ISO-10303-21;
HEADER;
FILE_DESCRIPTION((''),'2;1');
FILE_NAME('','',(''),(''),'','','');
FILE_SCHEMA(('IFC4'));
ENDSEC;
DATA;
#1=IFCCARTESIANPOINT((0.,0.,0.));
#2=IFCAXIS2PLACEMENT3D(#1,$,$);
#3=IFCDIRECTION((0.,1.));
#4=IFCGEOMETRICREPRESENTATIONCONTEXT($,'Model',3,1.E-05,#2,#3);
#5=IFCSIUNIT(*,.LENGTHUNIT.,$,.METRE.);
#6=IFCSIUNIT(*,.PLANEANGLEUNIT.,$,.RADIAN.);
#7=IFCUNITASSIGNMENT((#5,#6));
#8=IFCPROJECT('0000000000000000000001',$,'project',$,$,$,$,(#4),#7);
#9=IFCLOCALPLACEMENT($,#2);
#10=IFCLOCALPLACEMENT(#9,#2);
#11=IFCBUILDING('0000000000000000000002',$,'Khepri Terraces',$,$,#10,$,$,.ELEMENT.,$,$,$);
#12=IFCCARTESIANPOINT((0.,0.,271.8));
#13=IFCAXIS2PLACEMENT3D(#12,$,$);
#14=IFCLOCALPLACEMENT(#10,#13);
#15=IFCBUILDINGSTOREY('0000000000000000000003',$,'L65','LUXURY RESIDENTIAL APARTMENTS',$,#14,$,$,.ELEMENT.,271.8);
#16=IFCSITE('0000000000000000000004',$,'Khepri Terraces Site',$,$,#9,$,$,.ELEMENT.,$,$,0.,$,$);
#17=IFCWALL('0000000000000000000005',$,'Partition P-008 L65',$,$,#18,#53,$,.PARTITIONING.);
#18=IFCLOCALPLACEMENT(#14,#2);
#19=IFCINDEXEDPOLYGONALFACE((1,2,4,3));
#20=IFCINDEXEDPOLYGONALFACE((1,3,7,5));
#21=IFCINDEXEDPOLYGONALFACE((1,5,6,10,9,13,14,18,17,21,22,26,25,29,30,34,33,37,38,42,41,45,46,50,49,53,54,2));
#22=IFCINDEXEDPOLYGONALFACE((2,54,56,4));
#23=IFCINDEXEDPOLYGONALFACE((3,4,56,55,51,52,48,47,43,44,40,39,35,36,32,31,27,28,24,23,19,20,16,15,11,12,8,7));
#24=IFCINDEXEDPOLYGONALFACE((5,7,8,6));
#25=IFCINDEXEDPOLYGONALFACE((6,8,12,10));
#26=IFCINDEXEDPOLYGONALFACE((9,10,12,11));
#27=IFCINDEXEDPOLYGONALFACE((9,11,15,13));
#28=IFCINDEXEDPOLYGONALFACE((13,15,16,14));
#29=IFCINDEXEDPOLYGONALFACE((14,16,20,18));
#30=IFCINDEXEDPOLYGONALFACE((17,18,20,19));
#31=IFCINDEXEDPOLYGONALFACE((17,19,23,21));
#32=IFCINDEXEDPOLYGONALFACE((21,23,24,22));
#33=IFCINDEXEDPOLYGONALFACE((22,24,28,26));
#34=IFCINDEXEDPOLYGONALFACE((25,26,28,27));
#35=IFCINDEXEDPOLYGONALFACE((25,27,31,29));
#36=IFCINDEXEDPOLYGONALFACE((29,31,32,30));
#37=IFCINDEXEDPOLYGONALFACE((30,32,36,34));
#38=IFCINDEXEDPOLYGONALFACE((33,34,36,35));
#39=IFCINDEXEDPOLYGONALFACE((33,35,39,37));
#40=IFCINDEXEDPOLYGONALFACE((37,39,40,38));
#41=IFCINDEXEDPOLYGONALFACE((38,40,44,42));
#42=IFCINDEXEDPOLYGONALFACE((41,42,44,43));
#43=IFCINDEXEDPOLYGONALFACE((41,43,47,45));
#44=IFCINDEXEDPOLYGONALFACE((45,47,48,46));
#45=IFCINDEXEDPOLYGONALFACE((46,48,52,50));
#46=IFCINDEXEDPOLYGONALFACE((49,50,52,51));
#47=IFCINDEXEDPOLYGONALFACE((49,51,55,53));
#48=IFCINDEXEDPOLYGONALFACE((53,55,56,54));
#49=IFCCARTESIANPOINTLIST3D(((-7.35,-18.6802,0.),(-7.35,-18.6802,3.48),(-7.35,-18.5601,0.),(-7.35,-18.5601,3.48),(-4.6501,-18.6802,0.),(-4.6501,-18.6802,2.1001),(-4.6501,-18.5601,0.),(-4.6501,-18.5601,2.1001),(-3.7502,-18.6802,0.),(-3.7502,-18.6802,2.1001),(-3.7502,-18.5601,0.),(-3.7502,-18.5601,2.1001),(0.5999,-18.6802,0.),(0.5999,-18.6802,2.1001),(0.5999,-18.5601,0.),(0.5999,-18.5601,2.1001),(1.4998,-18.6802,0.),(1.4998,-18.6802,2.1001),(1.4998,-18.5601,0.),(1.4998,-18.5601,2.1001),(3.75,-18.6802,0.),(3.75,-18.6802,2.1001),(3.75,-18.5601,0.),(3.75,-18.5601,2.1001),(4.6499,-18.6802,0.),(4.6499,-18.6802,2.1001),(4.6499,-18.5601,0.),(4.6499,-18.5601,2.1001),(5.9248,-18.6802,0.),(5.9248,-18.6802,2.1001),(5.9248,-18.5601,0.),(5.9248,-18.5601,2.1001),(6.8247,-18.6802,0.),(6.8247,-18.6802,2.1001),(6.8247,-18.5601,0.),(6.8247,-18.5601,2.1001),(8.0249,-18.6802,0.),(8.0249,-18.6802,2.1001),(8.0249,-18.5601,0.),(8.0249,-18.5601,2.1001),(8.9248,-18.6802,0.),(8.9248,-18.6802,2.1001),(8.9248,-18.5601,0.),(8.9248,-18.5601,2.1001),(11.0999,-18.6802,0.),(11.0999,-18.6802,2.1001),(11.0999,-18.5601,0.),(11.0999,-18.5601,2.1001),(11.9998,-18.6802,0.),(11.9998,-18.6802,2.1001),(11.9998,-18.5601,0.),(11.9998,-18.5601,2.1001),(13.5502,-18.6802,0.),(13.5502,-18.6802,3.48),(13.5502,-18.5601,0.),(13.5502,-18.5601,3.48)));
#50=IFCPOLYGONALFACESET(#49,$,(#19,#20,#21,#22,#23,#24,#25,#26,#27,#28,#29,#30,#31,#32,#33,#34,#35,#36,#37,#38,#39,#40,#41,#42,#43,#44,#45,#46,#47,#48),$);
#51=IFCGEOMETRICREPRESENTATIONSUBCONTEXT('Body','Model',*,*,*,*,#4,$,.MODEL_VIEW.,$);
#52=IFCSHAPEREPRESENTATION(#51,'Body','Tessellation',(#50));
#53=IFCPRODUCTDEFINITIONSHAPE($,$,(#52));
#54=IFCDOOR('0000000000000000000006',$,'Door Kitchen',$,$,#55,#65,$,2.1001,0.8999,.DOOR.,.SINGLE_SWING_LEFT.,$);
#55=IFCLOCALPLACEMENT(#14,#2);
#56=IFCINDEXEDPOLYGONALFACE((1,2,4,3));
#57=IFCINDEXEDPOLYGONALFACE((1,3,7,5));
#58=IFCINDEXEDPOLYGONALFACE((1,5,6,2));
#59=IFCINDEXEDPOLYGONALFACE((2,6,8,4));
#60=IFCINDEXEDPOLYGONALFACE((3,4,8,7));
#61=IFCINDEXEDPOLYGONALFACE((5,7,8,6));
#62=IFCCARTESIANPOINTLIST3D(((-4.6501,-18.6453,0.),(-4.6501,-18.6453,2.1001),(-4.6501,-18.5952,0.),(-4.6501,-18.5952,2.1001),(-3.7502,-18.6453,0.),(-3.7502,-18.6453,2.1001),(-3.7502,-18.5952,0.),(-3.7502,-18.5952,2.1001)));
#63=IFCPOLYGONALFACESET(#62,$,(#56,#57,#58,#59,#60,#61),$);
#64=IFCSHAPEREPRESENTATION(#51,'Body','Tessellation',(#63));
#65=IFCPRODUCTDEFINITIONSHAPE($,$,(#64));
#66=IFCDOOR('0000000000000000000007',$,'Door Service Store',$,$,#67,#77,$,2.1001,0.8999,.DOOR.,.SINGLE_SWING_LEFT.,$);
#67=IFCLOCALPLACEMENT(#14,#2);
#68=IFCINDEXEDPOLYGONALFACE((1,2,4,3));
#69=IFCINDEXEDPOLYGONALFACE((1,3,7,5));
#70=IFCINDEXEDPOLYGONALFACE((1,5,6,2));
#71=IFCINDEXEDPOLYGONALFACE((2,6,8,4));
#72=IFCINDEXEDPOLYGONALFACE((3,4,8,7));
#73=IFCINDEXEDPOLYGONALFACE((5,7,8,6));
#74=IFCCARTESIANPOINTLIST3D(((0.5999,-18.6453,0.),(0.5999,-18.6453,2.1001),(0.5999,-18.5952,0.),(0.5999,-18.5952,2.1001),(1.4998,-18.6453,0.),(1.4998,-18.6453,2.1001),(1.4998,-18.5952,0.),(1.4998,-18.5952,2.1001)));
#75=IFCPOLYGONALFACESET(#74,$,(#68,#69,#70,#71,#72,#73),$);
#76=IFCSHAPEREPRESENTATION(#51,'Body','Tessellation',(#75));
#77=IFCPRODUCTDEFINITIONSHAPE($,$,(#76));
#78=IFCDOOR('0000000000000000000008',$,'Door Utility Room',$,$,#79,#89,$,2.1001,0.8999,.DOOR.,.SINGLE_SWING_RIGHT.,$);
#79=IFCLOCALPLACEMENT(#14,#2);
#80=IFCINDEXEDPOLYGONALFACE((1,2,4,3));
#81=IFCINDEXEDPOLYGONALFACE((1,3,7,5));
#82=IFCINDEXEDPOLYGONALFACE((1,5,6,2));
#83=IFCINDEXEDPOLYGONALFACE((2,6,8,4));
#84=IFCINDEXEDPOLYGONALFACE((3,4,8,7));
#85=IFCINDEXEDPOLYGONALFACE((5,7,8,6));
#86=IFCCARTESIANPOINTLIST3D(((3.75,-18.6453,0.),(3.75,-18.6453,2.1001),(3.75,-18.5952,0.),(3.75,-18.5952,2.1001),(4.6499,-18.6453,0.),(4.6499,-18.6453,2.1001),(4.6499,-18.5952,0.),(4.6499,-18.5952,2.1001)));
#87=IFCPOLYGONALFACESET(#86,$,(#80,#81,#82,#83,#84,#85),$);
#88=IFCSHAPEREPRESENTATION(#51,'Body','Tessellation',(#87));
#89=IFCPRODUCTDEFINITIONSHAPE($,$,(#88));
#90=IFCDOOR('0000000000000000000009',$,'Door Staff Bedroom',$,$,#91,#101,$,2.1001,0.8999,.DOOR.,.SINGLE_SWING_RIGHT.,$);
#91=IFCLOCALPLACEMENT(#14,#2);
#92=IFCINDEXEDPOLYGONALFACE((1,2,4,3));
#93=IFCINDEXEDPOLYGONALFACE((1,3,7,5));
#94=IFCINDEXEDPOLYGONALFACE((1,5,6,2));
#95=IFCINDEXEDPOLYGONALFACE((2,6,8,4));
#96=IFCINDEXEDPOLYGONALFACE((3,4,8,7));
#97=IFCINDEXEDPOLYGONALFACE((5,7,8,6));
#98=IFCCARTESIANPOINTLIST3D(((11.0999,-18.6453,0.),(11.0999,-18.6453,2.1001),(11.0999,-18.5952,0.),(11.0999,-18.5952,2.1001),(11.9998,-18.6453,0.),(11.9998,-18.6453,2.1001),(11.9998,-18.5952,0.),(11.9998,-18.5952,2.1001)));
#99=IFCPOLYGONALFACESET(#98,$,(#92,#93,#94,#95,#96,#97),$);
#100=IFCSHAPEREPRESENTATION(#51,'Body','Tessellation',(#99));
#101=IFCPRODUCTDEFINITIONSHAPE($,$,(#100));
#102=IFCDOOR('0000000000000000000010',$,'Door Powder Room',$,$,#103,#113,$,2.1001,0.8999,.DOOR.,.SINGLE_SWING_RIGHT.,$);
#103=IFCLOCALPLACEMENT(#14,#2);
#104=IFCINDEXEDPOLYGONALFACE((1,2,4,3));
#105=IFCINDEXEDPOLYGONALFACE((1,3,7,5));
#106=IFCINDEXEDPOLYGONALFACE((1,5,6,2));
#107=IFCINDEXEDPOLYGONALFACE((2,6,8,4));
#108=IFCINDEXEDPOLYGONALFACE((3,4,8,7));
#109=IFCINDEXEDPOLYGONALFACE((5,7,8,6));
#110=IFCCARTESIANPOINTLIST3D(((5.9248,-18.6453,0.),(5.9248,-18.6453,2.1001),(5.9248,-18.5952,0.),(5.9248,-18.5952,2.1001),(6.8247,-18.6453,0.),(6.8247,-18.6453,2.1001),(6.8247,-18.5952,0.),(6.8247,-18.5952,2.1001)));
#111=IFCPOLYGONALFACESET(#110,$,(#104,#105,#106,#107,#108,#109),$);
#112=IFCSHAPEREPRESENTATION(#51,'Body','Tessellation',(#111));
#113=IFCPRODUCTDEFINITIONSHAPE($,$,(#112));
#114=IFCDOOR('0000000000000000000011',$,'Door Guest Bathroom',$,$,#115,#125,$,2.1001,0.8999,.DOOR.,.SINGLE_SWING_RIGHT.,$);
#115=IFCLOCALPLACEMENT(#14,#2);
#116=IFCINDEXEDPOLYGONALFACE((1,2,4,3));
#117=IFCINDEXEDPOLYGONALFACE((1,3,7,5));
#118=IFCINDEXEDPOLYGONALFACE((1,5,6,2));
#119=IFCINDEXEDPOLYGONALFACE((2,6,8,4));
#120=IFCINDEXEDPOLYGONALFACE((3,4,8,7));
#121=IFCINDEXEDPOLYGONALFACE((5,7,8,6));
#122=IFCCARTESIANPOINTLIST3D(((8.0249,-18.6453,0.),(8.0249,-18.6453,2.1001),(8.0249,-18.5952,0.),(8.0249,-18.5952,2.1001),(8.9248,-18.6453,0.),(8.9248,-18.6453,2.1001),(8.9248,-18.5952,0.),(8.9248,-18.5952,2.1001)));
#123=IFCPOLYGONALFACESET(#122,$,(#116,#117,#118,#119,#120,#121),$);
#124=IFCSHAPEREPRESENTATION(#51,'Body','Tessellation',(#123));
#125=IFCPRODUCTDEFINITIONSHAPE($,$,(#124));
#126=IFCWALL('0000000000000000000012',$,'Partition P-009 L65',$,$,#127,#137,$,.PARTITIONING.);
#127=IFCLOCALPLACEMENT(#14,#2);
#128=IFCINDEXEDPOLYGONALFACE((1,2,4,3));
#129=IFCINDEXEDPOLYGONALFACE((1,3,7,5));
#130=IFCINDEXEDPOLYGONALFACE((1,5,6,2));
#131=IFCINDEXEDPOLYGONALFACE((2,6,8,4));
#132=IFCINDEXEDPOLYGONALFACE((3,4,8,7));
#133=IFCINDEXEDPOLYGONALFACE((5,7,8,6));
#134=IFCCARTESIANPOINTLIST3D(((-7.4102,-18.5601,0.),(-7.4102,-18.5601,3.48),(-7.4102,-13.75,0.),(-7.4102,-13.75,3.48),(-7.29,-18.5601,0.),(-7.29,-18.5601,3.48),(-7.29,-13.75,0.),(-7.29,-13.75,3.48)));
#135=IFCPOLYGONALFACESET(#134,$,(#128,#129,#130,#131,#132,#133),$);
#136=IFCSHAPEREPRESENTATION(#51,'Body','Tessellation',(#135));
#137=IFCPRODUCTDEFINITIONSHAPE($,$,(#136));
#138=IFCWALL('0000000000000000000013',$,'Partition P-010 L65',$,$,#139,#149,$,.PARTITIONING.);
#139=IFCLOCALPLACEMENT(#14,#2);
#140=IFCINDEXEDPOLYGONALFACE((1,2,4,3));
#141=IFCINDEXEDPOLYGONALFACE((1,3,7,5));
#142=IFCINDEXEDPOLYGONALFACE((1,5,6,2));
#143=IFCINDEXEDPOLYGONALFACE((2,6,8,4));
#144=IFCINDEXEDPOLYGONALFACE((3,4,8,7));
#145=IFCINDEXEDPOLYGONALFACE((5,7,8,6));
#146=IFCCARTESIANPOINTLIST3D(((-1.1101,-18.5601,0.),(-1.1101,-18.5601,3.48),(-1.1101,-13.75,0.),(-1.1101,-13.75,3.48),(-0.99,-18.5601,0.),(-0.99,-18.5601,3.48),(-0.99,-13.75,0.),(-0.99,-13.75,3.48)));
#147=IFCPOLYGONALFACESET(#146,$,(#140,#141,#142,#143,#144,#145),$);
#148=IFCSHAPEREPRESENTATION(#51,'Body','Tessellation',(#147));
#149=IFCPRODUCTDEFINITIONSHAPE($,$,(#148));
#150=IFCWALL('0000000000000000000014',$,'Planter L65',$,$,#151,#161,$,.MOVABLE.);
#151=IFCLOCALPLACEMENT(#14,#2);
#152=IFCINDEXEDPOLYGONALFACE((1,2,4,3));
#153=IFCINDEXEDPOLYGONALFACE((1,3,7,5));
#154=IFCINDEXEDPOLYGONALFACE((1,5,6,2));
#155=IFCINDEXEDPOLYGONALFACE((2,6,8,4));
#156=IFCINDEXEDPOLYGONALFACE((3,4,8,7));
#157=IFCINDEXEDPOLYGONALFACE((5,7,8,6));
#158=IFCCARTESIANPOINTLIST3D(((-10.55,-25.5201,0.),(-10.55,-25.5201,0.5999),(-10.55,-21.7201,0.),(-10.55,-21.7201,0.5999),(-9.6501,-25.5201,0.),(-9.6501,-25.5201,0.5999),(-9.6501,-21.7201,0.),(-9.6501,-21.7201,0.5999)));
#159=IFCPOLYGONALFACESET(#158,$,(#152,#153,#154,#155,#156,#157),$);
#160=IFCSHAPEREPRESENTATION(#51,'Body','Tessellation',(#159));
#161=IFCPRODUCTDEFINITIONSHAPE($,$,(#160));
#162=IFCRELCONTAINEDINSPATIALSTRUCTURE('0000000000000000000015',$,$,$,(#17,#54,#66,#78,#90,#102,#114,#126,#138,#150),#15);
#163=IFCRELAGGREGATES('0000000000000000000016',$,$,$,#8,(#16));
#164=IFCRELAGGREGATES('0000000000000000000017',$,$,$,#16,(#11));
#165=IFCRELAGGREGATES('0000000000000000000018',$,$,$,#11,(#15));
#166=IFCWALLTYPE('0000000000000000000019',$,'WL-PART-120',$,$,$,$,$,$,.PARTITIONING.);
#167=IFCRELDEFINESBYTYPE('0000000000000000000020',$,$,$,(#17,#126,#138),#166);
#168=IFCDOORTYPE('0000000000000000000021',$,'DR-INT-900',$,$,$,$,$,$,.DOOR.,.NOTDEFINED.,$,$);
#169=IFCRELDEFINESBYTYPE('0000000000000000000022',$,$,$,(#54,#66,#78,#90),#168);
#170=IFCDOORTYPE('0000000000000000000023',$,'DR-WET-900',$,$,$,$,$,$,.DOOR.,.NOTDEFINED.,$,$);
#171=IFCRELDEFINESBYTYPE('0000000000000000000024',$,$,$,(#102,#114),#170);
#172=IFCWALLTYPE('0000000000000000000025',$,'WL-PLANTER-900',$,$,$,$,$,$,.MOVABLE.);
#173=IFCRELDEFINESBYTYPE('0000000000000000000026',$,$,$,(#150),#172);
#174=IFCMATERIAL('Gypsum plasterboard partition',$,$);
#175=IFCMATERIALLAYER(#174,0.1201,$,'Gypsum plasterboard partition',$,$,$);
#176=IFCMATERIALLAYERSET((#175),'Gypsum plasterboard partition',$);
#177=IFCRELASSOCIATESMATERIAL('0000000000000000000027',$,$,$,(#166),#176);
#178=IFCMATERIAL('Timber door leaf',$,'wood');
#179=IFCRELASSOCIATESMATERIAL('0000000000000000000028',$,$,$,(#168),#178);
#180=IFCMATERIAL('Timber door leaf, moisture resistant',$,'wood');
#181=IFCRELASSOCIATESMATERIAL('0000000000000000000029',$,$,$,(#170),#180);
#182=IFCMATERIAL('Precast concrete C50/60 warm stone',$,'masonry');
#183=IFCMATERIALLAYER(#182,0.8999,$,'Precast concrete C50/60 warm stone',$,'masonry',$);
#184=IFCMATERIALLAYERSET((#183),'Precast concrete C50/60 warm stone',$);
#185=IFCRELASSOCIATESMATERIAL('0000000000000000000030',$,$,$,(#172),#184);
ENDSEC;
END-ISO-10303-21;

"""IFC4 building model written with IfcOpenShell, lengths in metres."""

from ifc_helpers import new_model, si_unit, direction, frame, frame_2d, origin, place, context, subcontext, project, spatial, rectangle, extrude, material, layer, layer_set, type_object, element, fill, save


model = new_model("IFC4")

# Units and contexts
model_context = context("Model", 3, precision=1e-05, world=origin(), true_north=direction((0.0, 1.0)))
body_context = subcontext(model_context, "Body", "Model", "MODEL_VIEW")
ifc_project = project(units=[si_unit("LENGTHUNIT", "METRE"), si_unit("PLANEANGLEUNIT", "RADIAN")], contexts=[model_context])

# Site, building, storey
site_placement = place(None, origin())
site = spatial("IfcSite", under=ifc_project, at=site_placement, Name="Khepri Terraces Site", CompositionType="ELEMENT", RefElevation=0.0)
building_placement = place(site_placement, origin())
building = spatial("IfcBuilding", under=site, at=building_placement, Name="Khepri Terraces", CompositionType="ELEMENT")
storey_placement = place(building_placement, frame((0.0, 0.0, 271.8)))
storey = spatial("IfcBuildingStorey", under=building, at=storey_placement, Name="L65", Description="LUXURY RESIDENTIAL APARTMENTS", CompositionType="ELEMENT", Elevation=271.8)

# Shared definitions
ifc_material_1 = material(Name="Precast concrete C50/60 warm stone", Category="masonry")

# Shared definitions
ifc_material_2 = material(Name="Gypsum plasterboard partition")
ifc_layer_1 = layer(ifc_material_2, 0.1201, Name="Gypsum plasterboard partition")
ifc_layer_set_1 = layer_set([ifc_layer_1], Name="Gypsum plasterboard partition")
wall_type_1 = type_object("IfcWallType", Name="WL-PART-120", PredefinedType="PARTITIONING", material=ifc_layer_set_1)

# Wall, openings, doors
wall_1_placement = place(storey_placement, frame((-7.3501, -18.6201, 0.0), z_axis=(0.0, 0.0, 1.0), x_axis=(1.0, 0.0, 0.0)))
wall_1 = element("IfcWall", 1, at=wall_1_placement, inside=storey, type_object=wall_type_1, Name="Partition P-008 L65", PredefinedType="PARTITIONING", context=body_context, shape_type="SweptSolid", body=[
    extrude(rectangle(XDim=20.9001, YDim=0.1201, at=frame_2d((10.4502, 0.0))), origin(), (0.0, 0.0, 1.0), 3.48),
])
opening_1_placement = place(wall_1_placement, frame((2.7, 0.0, 0.0)))
opening_1 = element("IfcOpeningElement", 2, at=opening_1_placement, cuts=wall_1, PredefinedType="OPENING", context=body_context, shape_type="SweptSolid", body=[
    extrude(rectangle(XDim=0.8999, YDim=2.1001, at=frame_2d((0.45, 1.05))), frame((0.0, 0.0701, 0.0), z_axis=(0.0, -1.0, 0.0), x_axis=(1.0, 0.0, 0.0)), (0.0, 0.0, 1.0), 0.1401),
])
opening_2_placement = place(wall_1_placement, frame((7.95, 0.0, 0.0)))
opening_2 = element("IfcOpeningElement", 3, at=opening_2_placement, cuts=wall_1, PredefinedType="OPENING", context=body_context, shape_type="SweptSolid", body=[
    extrude(rectangle(XDim=0.8999, YDim=2.1001, at=frame_2d((0.45, 1.05))), frame((0.0, 0.0701, 0.0), z_axis=(0.0, -1.0, 0.0), x_axis=(1.0, 0.0, 0.0)), (0.0, 0.0, 1.0), 0.1401),
])
opening_3_placement = place(wall_1_placement, frame((11.1001, 0.0, 0.0)))
opening_3 = element("IfcOpeningElement", 4, at=opening_3_placement, cuts=wall_1, PredefinedType="OPENING", context=body_context, shape_type="SweptSolid", body=[
    extrude(rectangle(XDim=0.8999, YDim=2.1001, at=frame_2d((0.45, 1.05))), frame((0.0, 0.0701, 0.0), z_axis=(0.0, -1.0, 0.0), x_axis=(1.0, 0.0, 0.0)), (0.0, 0.0, 1.0), 0.1401),
])
opening_4_placement = place(wall_1_placement, frame((13.2749, 0.0, 0.0)))
opening_4 = element("IfcOpeningElement", 5, at=opening_4_placement, cuts=wall_1, PredefinedType="OPENING", context=body_context, shape_type="SweptSolid", body=[
    extrude(rectangle(XDim=0.8999, YDim=2.1001, at=frame_2d((0.45, 1.05))), frame((0.0, 0.0701, 0.0), z_axis=(0.0, -1.0, 0.0), x_axis=(1.0, 0.0, 0.0)), (0.0, 0.0, 1.0), 0.1401),
])
opening_5_placement = place(wall_1_placement, frame((15.375, 0.0, 0.0)))
opening_5 = element("IfcOpeningElement", 6, at=opening_5_placement, cuts=wall_1, PredefinedType="OPENING", context=body_context, shape_type="SweptSolid", body=[
    extrude(rectangle(XDim=0.8999, YDim=2.1001, at=frame_2d((0.45, 1.05))), frame((0.0, 0.0701, 0.0), z_axis=(0.0, -1.0, 0.0), x_axis=(1.0, 0.0, 0.0)), (0.0, 0.0, 1.0), 0.1401),
])
opening_6_placement = place(wall_1_placement, frame((18.45, 0.0, 0.0)))
opening_6 = element("IfcOpeningElement", 7, at=opening_6_placement, cuts=wall_1, PredefinedType="OPENING", context=body_context, shape_type="SweptSolid", body=[
    extrude(rectangle(XDim=0.8999, YDim=2.1001, at=frame_2d((0.45, 1.05))), frame((0.0, 0.0701, 0.0), z_axis=(0.0, -1.0, 0.0), x_axis=(1.0, 0.0, 0.0)), (0.0, 0.0, 1.0), 0.1401),
])
ifc_material_3 = material(Name="Timber door leaf", Category="wood")
door_type_1 = type_object("IfcDoorType", Name="DR-INT-900", OperationType="NOTDEFINED", PredefinedType="DOOR", material=ifc_material_3)
door_1_placement = place(opening_1_placement, origin())
door_1 = element("IfcDoor", 8, at=door_1_placement, inside=storey, type_object=door_type_1, Name="Door Kitchen", OperationType="SINGLE_SWING_LEFT", OverallHeight=2.1001, OverallWidth=0.8999, PredefinedType="DOOR", context=body_context, shape_type="SweptSolid", body=[
    extrude(rectangle(XDim=0.8999, YDim=2.1001, at=frame_2d((0.45, 1.05))), frame((0.0, 0.0249, 0.0), z_axis=(0.0, -1.0, 0.0), x_axis=(1.0, 0.0, 0.0)), (0.0, 0.0, 1.0), 0.05),
])
fill(opening_1, door_1)
door_2_placement = place(opening_2_placement, origin())
door_2 = element("IfcDoor", 9, at=door_2_placement, inside=storey, type_object=door_type_1, Name="Door Service Store", OperationType="SINGLE_SWING_LEFT", OverallHeight=2.1001, OverallWidth=0.8999, PredefinedType="DOOR", context=body_context, shape_type="SweptSolid", body=[
    extrude(rectangle(XDim=0.8999, YDim=2.1001, at=frame_2d((0.45, 1.05))), frame((0.0, 0.0249, 0.0), z_axis=(0.0, -1.0, 0.0), x_axis=(1.0, 0.0, 0.0)), (0.0, 0.0, 1.0), 0.05),
])
fill(opening_2, door_2)
door_3_placement = place(opening_3_placement, origin())
door_3 = element("IfcDoor", 10, at=door_3_placement, inside=storey, type_object=door_type_1, Name="Door Utility Room", OperationType="SINGLE_SWING_RIGHT", OverallHeight=2.1001, OverallWidth=0.8999, PredefinedType="DOOR", context=body_context, shape_type="SweptSolid", body=[
    extrude(rectangle(XDim=0.8999, YDim=2.1001, at=frame_2d((0.45, 1.05))), frame((0.0, 0.0249, 0.0), z_axis=(0.0, -1.0, 0.0), x_axis=(1.0, 0.0, 0.0)), (0.0, 0.0, 1.0), 0.05),
])
fill(opening_3, door_3)
door_4_placement = place(opening_6_placement, origin())
door_4 = element("IfcDoor", 11, at=door_4_placement, inside=storey, type_object=door_type_1, Name="Door Staff Bedroom", OperationType="SINGLE_SWING_RIGHT", OverallHeight=2.1001, OverallWidth=0.8999, PredefinedType="DOOR", context=body_context, shape_type="SweptSolid", body=[
    extrude(rectangle(XDim=0.8999, YDim=2.1001, at=frame_2d((0.45, 1.05))), frame((0.0, 0.0249, 0.0), z_axis=(0.0, -1.0, 0.0), x_axis=(1.0, 0.0, 0.0)), (0.0, 0.0, 1.0), 0.05),
])
fill(opening_6, door_4)
ifc_material_4 = material(Name="Timber door leaf, moisture resistant", Category="wood")
door_type_2 = type_object("IfcDoorType", Name="DR-WET-900", OperationType="NOTDEFINED", PredefinedType="DOOR", material=ifc_material_4)
door_5_placement = place(opening_4_placement, origin())
door_5 = element("IfcDoor", 12, at=door_5_placement, inside=storey, type_object=door_type_2, Name="Door Powder Room", OperationType="SINGLE_SWING_RIGHT", OverallHeight=2.1001, OverallWidth=0.8999, PredefinedType="DOOR", context=body_context, shape_type="SweptSolid", body=[
    extrude(rectangle(XDim=0.8999, YDim=2.1001, at=frame_2d((0.45, 1.05))), frame((0.0, 0.0249, 0.0), z_axis=(0.0, -1.0, 0.0), x_axis=(1.0, 0.0, 0.0)), (0.0, 0.0, 1.0), 0.05),
])
fill(opening_4, door_5)
door_6_placement = place(opening_5_placement, origin())
door_6 = element("IfcDoor", 13, at=door_6_placement, inside=storey, type_object=door_type_2, Name="Door Guest Bathroom", OperationType="SINGLE_SWING_RIGHT", OverallHeight=2.1001, OverallWidth=0.8999, PredefinedType="DOOR", context=body_context, shape_type="SweptSolid", body=[
    extrude(rectangle(XDim=0.8999, YDim=2.1001, at=frame_2d((0.45, 1.05))), frame((0.0, 0.0249, 0.0), z_axis=(0.0, -1.0, 0.0), x_axis=(1.0, 0.0, 0.0)), (0.0, 0.0, 1.0), 0.05),
])
fill(opening_5, door_6)

# Walls
for number, where, z_axis, x_axis, name in (
    (14, (-7.3501, -18.5601, 0.0), (0.0, 0.0, 1.0), (0.0, 1.0, 0.0), "Partition P-009 L65"),
    (15, (-1.05, -18.5601, 0.0), (0.0, 0.0, 1.0), (0.0, 1.0, 0.0), "Partition P-010 L65"),
):
    element("IfcWall", number, at=place(storey_placement, frame(where, z_axis=z_axis, x_axis=x_axis)), inside=storey, type_object=wall_type_1, Name=name, PredefinedType="PARTITIONING", context=body_context, shape_type="SweptSolid", body=[
        extrude(rectangle(XDim=4.8101, YDim=0.1201, at=frame_2d((2.405, 0.0))), origin(), (0.0, 0.0, 1.0), 3.48),
    ])
ifc_layer_2 = layer(ifc_material_1, 0.8999, Name="Precast concrete C50/60 warm stone", Category="masonry")
ifc_layer_set_2 = layer_set([ifc_layer_2], Name="Precast concrete C50/60 warm stone")
wall_type_2 = type_object("IfcWallType", Name="WL-PLANTER-900", PredefinedType="MOVABLE", material=ifc_layer_set_2)
wall_2_placement = place(storey_placement, frame((-10.1001, -25.52, 0.0), z_axis=(0.0, 0.0, 1.0), x_axis=(0.0, 1.0, 0.0)))
element("IfcWall", 16, at=wall_2_placement, inside=storey, type_object=wall_type_2, Name="Planter L65", PredefinedType="MOVABLE", context=body_context, shape_type="SweptSolid", body=[
    extrude(rectangle(XDim=3.8, YDim=0.8999, at=frame_2d((1.8999, 0.0))), origin(), (0.0, 0.0, 1.0), 0.5999),
])

save(model, "model.ifc")
